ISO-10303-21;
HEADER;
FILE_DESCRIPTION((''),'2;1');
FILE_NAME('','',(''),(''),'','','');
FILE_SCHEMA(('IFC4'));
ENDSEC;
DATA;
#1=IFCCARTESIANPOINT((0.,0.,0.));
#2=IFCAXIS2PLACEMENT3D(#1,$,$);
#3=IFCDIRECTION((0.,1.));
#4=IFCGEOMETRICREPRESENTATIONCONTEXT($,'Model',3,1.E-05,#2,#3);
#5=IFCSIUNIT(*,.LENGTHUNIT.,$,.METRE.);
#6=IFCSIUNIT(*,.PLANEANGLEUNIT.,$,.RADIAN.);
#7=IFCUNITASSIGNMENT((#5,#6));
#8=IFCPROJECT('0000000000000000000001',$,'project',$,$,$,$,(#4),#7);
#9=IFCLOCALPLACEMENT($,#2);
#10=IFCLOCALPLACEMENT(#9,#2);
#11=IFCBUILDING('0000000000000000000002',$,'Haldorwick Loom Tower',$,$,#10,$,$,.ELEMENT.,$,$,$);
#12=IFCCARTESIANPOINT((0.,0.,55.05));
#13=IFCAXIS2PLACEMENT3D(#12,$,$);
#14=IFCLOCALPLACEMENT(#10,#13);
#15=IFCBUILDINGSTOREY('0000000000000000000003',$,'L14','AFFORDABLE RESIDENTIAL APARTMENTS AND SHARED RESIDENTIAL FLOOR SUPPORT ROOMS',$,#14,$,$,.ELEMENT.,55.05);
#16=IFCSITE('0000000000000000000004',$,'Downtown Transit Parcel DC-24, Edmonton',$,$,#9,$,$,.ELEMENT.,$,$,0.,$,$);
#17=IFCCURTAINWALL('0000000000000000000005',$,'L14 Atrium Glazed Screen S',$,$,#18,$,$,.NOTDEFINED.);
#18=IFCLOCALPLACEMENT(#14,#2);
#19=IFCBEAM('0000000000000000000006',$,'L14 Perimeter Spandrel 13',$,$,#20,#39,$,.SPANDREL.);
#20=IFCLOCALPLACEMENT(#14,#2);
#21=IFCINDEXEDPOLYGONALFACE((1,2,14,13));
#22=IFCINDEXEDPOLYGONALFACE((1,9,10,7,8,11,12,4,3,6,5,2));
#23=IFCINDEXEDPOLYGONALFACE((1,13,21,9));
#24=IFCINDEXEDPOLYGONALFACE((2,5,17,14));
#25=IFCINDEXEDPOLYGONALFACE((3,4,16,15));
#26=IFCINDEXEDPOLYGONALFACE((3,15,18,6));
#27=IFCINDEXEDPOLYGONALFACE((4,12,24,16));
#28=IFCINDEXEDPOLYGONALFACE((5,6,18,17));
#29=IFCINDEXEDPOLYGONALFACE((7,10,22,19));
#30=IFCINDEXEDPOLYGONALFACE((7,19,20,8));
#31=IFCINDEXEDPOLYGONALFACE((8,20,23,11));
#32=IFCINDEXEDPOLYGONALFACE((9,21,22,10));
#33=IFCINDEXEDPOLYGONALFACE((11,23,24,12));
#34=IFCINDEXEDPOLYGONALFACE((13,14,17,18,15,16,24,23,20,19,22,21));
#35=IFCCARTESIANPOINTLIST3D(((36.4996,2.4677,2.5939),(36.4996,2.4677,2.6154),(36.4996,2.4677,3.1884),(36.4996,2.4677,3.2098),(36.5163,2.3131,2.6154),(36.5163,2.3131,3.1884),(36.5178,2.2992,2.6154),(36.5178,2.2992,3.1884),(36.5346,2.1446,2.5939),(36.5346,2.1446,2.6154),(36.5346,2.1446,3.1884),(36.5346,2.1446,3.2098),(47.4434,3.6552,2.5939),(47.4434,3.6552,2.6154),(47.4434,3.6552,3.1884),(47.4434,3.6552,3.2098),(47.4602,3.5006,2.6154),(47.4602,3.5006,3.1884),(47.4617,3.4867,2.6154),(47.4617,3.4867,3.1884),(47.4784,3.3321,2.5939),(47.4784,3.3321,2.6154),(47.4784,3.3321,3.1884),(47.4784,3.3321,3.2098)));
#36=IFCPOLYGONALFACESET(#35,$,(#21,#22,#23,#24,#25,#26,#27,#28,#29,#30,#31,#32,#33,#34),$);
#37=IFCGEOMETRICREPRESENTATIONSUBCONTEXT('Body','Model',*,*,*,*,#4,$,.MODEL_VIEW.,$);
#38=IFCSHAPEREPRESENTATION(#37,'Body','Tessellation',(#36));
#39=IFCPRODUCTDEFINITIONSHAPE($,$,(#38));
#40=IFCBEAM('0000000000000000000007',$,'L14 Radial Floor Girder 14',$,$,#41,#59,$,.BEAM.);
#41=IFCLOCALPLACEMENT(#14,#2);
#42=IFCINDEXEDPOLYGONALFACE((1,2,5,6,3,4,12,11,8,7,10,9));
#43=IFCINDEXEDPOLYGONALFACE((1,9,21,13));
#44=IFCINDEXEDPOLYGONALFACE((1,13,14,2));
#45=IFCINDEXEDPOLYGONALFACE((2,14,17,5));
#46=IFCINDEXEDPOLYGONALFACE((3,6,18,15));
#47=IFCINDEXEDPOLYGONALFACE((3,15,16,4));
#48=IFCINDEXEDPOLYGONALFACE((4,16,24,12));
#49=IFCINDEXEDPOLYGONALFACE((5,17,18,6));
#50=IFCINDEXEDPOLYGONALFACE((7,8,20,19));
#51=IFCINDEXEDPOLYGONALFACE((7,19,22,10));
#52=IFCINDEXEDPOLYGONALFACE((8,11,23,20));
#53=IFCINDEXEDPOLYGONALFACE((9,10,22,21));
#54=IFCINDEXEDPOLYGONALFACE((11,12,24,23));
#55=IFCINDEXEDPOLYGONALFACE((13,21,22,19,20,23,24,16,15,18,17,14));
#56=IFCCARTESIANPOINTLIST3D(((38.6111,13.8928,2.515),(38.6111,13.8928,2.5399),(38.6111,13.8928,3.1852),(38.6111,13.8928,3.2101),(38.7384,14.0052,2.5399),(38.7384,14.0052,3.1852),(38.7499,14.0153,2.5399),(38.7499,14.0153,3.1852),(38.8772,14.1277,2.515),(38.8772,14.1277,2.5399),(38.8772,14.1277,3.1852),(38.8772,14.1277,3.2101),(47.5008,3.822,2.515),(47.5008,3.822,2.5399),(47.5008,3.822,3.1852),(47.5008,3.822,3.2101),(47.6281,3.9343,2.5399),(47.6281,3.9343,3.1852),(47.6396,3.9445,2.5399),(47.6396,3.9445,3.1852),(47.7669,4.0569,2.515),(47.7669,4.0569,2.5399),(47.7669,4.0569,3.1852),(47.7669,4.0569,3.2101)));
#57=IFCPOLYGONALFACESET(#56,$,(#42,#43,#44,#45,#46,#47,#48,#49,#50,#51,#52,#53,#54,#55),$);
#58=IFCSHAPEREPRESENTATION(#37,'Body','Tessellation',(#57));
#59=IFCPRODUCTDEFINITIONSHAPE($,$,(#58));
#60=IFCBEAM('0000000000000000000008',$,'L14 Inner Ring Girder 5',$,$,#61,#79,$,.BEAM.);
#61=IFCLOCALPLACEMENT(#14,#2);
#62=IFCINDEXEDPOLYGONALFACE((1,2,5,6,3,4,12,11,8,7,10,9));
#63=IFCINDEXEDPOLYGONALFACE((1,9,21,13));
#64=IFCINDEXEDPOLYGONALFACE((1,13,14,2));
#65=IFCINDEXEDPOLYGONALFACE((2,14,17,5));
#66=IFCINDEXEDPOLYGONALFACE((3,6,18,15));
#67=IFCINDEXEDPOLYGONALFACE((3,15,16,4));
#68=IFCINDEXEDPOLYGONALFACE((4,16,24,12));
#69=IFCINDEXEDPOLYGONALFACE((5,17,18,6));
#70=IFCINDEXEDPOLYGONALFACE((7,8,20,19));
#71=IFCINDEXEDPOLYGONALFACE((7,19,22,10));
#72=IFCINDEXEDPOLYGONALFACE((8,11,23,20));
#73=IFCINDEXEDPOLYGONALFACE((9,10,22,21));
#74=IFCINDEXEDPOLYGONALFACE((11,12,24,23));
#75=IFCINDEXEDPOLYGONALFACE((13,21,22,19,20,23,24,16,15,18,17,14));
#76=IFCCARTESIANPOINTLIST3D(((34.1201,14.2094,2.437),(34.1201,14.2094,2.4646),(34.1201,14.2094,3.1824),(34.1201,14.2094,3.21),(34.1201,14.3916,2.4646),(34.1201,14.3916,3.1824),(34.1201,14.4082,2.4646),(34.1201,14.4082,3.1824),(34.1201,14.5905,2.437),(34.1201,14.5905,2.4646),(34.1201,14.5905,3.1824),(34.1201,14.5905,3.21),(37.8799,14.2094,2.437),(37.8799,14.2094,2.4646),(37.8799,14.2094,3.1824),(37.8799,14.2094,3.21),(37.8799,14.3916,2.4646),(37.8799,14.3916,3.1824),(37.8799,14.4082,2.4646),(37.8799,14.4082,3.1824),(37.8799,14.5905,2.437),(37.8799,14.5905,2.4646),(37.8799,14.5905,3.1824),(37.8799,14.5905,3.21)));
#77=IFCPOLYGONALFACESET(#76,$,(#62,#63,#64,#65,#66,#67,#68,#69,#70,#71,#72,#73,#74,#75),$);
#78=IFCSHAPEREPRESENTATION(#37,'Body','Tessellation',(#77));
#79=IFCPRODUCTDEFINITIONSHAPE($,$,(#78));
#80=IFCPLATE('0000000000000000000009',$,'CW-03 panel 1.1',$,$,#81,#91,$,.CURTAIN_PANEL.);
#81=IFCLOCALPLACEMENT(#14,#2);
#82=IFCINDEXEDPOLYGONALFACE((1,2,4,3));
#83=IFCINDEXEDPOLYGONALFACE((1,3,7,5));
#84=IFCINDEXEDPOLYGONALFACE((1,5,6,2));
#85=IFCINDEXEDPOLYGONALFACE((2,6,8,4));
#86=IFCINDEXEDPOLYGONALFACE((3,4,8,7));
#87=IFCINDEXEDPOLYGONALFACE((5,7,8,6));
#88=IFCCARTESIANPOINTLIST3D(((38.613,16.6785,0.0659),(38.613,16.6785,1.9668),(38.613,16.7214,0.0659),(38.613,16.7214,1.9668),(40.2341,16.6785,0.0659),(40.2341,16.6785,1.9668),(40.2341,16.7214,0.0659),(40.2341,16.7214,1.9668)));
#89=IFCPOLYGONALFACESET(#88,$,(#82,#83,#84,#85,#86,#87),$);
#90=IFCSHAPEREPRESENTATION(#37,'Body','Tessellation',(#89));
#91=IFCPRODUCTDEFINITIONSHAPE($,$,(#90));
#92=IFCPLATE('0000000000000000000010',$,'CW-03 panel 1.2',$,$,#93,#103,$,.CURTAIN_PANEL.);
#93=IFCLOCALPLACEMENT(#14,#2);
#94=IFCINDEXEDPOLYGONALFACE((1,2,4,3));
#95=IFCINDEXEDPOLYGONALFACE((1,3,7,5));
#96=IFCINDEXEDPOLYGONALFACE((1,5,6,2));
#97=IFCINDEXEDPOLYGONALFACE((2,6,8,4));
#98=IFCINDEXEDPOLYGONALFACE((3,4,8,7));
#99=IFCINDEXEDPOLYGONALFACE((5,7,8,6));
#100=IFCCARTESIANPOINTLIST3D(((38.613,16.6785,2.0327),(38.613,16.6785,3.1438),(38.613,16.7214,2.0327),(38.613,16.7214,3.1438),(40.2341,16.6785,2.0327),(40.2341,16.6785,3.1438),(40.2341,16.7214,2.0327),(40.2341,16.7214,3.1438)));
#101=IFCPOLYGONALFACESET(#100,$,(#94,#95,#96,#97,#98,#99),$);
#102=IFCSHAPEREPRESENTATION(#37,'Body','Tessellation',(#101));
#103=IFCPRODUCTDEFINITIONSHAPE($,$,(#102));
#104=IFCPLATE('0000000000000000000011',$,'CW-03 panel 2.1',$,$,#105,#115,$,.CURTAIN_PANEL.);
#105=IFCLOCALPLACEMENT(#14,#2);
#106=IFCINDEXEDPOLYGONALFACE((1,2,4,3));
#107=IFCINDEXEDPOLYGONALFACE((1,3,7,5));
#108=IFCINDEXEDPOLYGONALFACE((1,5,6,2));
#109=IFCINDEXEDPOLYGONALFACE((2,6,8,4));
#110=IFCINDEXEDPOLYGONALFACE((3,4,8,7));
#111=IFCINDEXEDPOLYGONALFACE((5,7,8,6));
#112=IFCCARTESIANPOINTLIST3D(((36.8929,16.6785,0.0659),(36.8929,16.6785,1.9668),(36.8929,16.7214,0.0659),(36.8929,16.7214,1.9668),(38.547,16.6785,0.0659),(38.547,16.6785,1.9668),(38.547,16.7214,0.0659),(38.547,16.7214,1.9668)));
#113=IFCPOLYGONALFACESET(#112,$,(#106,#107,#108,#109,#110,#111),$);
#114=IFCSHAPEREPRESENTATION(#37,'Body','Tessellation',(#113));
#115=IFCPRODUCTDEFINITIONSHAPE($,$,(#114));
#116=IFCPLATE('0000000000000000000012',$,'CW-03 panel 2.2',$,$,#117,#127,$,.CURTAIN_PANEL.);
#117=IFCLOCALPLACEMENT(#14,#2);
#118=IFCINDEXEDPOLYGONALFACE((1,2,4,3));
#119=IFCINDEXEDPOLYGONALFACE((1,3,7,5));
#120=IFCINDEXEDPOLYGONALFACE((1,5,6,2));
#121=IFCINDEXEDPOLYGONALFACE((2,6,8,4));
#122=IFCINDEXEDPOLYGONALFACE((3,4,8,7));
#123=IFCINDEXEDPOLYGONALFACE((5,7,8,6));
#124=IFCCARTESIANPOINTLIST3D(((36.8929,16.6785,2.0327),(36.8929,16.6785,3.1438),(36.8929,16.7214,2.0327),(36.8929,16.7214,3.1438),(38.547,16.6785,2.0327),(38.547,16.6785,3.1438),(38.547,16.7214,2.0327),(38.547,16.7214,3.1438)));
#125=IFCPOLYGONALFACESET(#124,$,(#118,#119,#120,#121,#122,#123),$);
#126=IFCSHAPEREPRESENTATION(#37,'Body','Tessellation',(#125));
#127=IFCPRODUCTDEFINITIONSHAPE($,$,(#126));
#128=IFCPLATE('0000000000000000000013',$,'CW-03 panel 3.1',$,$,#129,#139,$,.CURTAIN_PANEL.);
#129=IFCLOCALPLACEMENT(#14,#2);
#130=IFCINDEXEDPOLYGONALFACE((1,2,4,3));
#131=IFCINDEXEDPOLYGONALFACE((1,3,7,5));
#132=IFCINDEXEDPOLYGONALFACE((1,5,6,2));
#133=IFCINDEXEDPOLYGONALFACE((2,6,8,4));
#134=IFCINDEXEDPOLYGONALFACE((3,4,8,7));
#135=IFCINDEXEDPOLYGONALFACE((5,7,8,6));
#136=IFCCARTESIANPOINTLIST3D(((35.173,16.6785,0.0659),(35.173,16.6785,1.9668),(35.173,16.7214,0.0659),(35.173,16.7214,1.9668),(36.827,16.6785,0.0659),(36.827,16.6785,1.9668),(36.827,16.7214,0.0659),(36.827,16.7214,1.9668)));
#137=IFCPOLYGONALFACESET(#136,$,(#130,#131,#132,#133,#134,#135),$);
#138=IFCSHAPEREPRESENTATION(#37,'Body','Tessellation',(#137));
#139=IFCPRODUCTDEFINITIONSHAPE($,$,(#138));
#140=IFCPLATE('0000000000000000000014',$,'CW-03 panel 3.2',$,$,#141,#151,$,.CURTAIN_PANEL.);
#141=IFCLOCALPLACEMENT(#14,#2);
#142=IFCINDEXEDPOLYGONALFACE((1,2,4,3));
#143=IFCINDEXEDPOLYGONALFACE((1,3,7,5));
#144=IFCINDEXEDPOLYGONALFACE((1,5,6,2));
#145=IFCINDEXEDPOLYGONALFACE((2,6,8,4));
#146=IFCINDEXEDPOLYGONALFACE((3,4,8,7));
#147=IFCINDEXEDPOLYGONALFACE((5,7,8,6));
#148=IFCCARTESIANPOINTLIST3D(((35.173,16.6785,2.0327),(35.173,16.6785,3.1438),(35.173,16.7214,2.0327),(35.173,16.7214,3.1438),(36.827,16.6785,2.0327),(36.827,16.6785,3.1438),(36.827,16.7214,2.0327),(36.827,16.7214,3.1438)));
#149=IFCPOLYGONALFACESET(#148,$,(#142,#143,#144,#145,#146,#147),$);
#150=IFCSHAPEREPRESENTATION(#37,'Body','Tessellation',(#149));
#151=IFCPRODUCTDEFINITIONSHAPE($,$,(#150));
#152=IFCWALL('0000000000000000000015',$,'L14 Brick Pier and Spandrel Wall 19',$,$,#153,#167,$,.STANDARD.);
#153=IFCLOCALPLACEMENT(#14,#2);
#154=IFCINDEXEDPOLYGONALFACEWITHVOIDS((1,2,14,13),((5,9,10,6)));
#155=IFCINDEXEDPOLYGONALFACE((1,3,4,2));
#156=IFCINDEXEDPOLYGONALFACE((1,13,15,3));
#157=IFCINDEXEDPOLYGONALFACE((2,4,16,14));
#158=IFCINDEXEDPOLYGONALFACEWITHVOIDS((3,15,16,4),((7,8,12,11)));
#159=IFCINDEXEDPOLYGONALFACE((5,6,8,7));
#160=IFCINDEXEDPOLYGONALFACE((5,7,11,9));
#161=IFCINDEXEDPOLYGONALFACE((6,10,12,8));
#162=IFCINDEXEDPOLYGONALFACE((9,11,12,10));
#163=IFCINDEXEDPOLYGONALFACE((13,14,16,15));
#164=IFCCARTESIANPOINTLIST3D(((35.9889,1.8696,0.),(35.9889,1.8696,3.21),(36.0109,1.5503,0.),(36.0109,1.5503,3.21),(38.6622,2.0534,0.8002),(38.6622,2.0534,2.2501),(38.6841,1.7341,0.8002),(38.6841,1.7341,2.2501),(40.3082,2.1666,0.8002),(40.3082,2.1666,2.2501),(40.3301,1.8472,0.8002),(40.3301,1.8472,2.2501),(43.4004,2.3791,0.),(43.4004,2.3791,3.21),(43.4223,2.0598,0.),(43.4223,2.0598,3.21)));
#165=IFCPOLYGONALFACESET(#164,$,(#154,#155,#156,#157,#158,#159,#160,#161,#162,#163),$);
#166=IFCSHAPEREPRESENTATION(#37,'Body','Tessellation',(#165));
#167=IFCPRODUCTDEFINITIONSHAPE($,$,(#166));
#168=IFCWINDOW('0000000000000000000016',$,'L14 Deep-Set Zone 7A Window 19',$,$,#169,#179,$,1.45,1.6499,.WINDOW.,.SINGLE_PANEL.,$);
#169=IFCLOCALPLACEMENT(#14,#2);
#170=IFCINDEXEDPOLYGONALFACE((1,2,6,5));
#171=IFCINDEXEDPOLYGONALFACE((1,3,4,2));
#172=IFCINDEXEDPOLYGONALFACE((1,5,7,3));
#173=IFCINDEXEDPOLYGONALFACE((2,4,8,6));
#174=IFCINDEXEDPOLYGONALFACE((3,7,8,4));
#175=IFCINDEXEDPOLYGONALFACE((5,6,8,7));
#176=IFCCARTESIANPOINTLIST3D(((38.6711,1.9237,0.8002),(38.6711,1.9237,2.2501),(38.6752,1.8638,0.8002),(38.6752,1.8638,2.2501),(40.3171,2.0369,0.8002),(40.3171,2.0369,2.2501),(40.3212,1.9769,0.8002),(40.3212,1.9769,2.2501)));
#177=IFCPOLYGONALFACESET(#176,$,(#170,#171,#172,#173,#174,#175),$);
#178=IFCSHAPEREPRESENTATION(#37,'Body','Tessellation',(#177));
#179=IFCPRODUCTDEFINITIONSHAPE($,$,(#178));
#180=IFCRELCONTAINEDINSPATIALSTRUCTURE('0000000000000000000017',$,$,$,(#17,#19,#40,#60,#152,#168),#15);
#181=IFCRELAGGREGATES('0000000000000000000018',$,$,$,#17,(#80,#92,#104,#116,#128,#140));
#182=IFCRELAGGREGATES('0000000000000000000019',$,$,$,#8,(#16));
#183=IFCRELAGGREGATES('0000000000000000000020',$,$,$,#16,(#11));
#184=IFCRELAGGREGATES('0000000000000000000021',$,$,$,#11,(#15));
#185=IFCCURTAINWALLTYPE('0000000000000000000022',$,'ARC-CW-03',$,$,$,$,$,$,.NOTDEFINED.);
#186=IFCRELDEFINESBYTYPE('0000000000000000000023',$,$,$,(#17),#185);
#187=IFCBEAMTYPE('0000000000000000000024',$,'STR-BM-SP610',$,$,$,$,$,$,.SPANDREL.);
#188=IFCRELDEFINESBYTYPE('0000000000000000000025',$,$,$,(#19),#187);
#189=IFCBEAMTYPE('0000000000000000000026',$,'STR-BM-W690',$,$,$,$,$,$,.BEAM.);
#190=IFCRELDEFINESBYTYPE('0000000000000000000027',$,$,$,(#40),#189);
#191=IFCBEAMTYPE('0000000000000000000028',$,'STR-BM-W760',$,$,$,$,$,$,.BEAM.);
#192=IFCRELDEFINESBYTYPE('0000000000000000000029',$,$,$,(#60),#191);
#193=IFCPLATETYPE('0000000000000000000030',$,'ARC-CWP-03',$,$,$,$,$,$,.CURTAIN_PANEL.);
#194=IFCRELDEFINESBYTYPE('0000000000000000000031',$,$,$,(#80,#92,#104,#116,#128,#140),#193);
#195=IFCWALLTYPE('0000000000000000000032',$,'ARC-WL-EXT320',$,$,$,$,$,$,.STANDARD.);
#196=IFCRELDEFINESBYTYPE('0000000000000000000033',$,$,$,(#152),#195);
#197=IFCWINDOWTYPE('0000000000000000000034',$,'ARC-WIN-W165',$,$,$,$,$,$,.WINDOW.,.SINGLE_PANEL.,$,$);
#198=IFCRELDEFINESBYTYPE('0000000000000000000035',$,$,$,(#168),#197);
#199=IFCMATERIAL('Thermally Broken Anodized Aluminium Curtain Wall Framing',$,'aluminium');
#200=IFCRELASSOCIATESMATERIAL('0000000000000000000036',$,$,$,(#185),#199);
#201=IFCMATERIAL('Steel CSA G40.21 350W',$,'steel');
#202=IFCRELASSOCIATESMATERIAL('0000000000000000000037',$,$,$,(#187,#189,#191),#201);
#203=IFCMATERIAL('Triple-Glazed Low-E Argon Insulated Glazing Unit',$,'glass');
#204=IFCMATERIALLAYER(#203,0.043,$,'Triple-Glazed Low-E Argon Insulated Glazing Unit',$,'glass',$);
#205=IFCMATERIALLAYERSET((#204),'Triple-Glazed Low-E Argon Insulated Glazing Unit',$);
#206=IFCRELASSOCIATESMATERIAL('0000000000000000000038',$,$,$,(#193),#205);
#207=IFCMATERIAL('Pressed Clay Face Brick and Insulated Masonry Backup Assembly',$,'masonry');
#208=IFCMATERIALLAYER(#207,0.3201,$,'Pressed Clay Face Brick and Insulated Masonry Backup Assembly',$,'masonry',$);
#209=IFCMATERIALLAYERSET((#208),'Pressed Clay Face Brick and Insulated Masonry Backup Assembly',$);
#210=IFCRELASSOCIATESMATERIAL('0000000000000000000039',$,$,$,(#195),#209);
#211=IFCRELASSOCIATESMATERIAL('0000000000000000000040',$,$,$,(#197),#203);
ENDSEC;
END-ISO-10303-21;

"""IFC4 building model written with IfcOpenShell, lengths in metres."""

from ifc_helpers import new_model, si_unit, direction, frame, frame_2d, origin, origin_2d, place, context, subcontext, project, spatial, rectangle, i_section, extrude, material, layer, layer_set, material_profile, profile_set, type_object, element, fill, aggregate, save


model = new_model("IFC4")

# Units and contexts
model_context = context("Model", 3, precision=1e-05, world=origin(), true_north=direction((0.0, 1.0)))
body_context = subcontext(model_context, "Body", "Model", "MODEL_VIEW")
ifc_project = project(units=[si_unit("LENGTHUNIT", "METRE"), si_unit("PLANEANGLEUNIT", "RADIAN")], contexts=[model_context])

# Site, building, storey
site_placement = place(None, origin())
site = spatial("IfcSite", under=ifc_project, at=site_placement, Name="Downtown Transit Parcel DC-24, Edmonton", CompositionType="ELEMENT", RefElevation=0.0)
building_placement = place(site_placement, origin())
building = spatial("IfcBuilding", under=site, at=building_placement, Name="Haldorwick Loom Tower", CompositionType="ELEMENT")
storey_placement = place(building_placement, frame((0.0, 0.0, 55.05)))
storey = spatial("IfcBuildingStorey", under=building, at=storey_placement, Name="L14", Description="AFFORDABLE RESIDENTIAL APARTMENTS AND SHARED RESIDENTIAL FLOOR SUPPORT ROOMS", CompositionType="ELEMENT", Elevation=55.05)

# Curtain wall
ifc_material_1 = material(Name="Thermally Broken Anodized Aluminium Curtain Wall Framing", Category="aluminium")
curtain_wall_type = type_object("IfcCurtainWallType", Name="ARC-CW-03", PredefinedType="NOTDEFINED", material=ifc_material_1)
curtain_wall_placement = place(storey_placement, origin())
curtain_wall = element("IfcCurtainWall", 1, at=curtain_wall_placement, inside=storey, type_object=curtain_wall_type, Name="L14 Atrium Glazed Screen S", PredefinedType="NOTDEFINED")

# Beams
ifc_material_2 = material(Name="Steel CSA G40.21 350W", Category="steel")
ifc_material_profile_1 = material_profile(ifc_material_2, i_section(OverallWidth=0.325, OverallDepth=0.616, WebThickness=0.0139, FlangeThickness=0.0215, at=origin_2d()), Name="W610X174", Category="steel")
ifc_profile_set_1 = profile_set([ifc_material_profile_1], Name="Steel CSA G40.21 350W")
beam_type_1 = type_object("IfcBeamType", Name="STR-BM-SP610", PredefinedType="SPANDREL", material=ifc_profile_set_1)
beam_1_placement = place(storey_placement, frame((36.5171, 2.3062, 2.9019), z_axis=(0.994164, 0.107875, 0.0), x_axis=(-0.107875, 0.994164, 0.0)))
element("IfcBeam", 2, at=beam_1_placement, inside=storey, type_object=beam_type_1, Name="L14 Perimeter Spandrel 13", PredefinedType="SPANDREL", context=body_context, shape_type="SweptSolid", body=[
    extrude(i_section(OverallWidth=0.325, OverallDepth=0.616, WebThickness=0.0139, FlangeThickness=0.0215, at=origin_2d()), origin(), (0.0, 0.0, 1.0), 11.0081),
])
ifc_material_profile_2 = material_profile(ifc_material_2, i_section(OverallWidth=0.355, OverallDepth=0.6951, WebThickness=0.0154, FlangeThickness=0.0249, at=origin_2d()), Name="W690X217", Category="steel")
ifc_profile_set_2 = profile_set([ifc_material_profile_2], Name="Steel CSA G40.21 350W")
beam_type_2 = type_object("IfcBeamType", Name="STR-BM-W690", PredefinedType="BEAM", material=ifc_profile_set_2)
beam_2_placement = place(storey_placement, frame((38.7441, 14.0103, 2.8625), z_axis=(0.661774, -0.749703, 0.0), x_axis=(0.749703, 0.661774, 0.0)))
element("IfcBeam", 3, at=beam_2_placement, inside=storey, type_object=beam_type_2, Name="L14 Radial Floor Girder 14", PredefinedType="BEAM", context=body_context, shape_type="SweptSolid", body=[
    extrude(i_section(OverallWidth=0.355, OverallDepth=0.6951, WebThickness=0.0154, FlangeThickness=0.0249, at=origin_2d()), origin(), (0.0, 0.0, 1.0), 13.4331),
])
ifc_material_profile_3 = material_profile(ifc_material_2, i_section(OverallWidth=0.3811, OverallDepth=0.7729, WebThickness=0.0166, FlangeThickness=0.0276, at=origin_2d()), Name="W760X257", Category="steel")
ifc_profile_set_3 = profile_set([ifc_material_profile_3], Name="Steel CSA G40.21 350W")
beam_type_3 = type_object("IfcBeamType", Name="STR-BM-W760", PredefinedType="BEAM", material=ifc_profile_set_3)
beam_3_placement = place(storey_placement, frame((37.8799, 14.3999, 2.8235), z_axis=(-1.0, 0.0, 0.0), x_axis=(0.0, -1.0, 0.0)))
element("IfcBeam", 4, at=beam_3_placement, inside=storey, type_object=beam_type_3, Name="L14 Inner Ring Girder 5", PredefinedType="BEAM", context=body_context, shape_type="SweptSolid", body=[
    extrude(i_section(OverallWidth=0.3811, OverallDepth=0.7729, WebThickness=0.0166, FlangeThickness=0.0276, at=origin_2d()), origin(), (0.0, 0.0, 1.0), 3.7598),
])

# Plates
ifc_material_3 = material(Name="Triple-Glazed Low-E Argon Insulated Glazing Unit", Category="glass")
ifc_layer_1 = layer(ifc_material_3, 0.043, Name="Triple-Glazed Low-E Argon Insulated Glazing Unit", Category="glass")
ifc_layer_set_1 = layer_set([ifc_layer_1], Name="Triple-Glazed Low-E Argon Insulated Glazing Unit")
plate_type = type_object("IfcPlateType", Name="ARC-CWP-03", PredefinedType="CURTAIN_PANEL", material=ifc_layer_set_1)
plate_1_placement = place(storey_placement, frame((39.4236, 16.7, 0.0659), z_axis=(0.0, 0.0, 1.0), x_axis=(-1.0, 0.0, 0.0)))
plate_1 = element("IfcPlate", 5, at=plate_1_placement, type_object=plate_type, Name="CW-03 panel 1.1", PredefinedType="CURTAIN_PANEL", context=body_context, shape_type="SweptSolid", body=[
    extrude(rectangle(XDim=1.6211, YDim=0.043, at=origin_2d()), origin(), (0.0, 0.0, 1.0), 1.9009),
])
plate_2_placement = place(storey_placement, frame((39.4236, 16.7, 2.0327), z_axis=(0.0, 0.0, 1.0), x_axis=(-1.0, 0.0, 0.0)))
plate_2 = element("IfcPlate", 6, at=plate_2_placement, type_object=plate_type, Name="CW-03 panel 1.2", PredefinedType="CURTAIN_PANEL", context=body_context, shape_type="SweptSolid", body=[
    extrude(rectangle(XDim=1.6211, YDim=0.043, at=origin_2d()), origin(), (0.0, 0.0, 1.0), 1.1111),
])
plate_3_placement = place(storey_placement, frame((37.72, 16.7, 0.0659), z_axis=(0.0, 0.0, 1.0), x_axis=(-1.0, 0.0, 0.0)))
plate_3 = element("IfcPlate", 7, at=plate_3_placement, type_object=plate_type, Name="CW-03 panel 2.1", PredefinedType="CURTAIN_PANEL", context=body_context, shape_type="SweptSolid", body=[
    extrude(rectangle(XDim=1.6541, YDim=0.043, at=origin_2d()), origin(), (0.0, 0.0, 1.0), 1.9009),
])
plate_4_placement = place(storey_placement, frame((37.72, 16.7, 2.0327), z_axis=(0.0, 0.0, 1.0), x_axis=(-1.0, 0.0, 0.0)))
plate_4 = element("IfcPlate", 8, at=plate_4_placement, type_object=plate_type, Name="CW-03 panel 2.2", PredefinedType="CURTAIN_PANEL", context=body_context, shape_type="SweptSolid", body=[
    extrude(rectangle(XDim=1.6541, YDim=0.043, at=origin_2d()), origin(), (0.0, 0.0, 1.0), 1.1111),
])
plate_5_placement = place(storey_placement, frame((36.0, 16.7, 0.0659), z_axis=(0.0, 0.0, 1.0), x_axis=(-1.0, 0.0, 0.0)))
plate_5 = element("IfcPlate", 9, at=plate_5_placement, type_object=plate_type, Name="CW-03 panel 3.1", PredefinedType="CURTAIN_PANEL", context=body_context, shape_type="SweptSolid", body=[
    extrude(rectangle(XDim=1.6541, YDim=0.043, at=origin_2d()), origin(), (0.0, 0.0, 1.0), 1.9009),
])
plate_6_placement = place(storey_placement, frame((36.0, 16.7, 2.0327), z_axis=(0.0, 0.0, 1.0), x_axis=(-1.0, 0.0, 0.0)))
plate_6 = element("IfcPlate", 10, at=plate_6_placement, type_object=plate_type, Name="CW-03 panel 3.2", PredefinedType="CURTAIN_PANEL", context=body_context, shape_type="SweptSolid", body=[
    extrude(rectangle(XDim=1.6541, YDim=0.043, at=origin_2d()), origin(), (0.0, 0.0, 1.0), 1.1111),
])
aggregate(curtain_wall, [plate_1, plate_2, plate_3, plate_4, plate_5, plate_6])

# Wall, opening, window
ifc_material_4 = material(Name="Pressed Clay Face Brick and Insulated Masonry Backup Assembly", Category="masonry")
ifc_layer_2 = layer(ifc_material_4, 0.3201, Name="Pressed Clay Face Brick and Insulated Masonry Backup Assembly", Category="masonry")
ifc_layer_set_2 = layer_set([ifc_layer_2], Name="Pressed Clay Face Brick and Insulated Masonry Backup Assembly")
wall_type_1 = type_object("IfcWallType", Name="ARC-WL-EXT320", PredefinedType="STANDARD", material=ifc_layer_set_2)
wall_1_placement = place(storey_placement, frame((36.0, 1.71, 0.0), z_axis=(0.0, 0.0, 1.0), x_axis=(0.997645, 0.068587, 0.0)))
wall_1 = element("IfcWall", 11, at=wall_1_placement, inside=storey, type_object=wall_type_1, Name="L14 Brick Pier and Spandrel Wall 19", PredefinedType="STANDARD", context=body_context, shape_type="SweptSolid", body=[
    extrude(rectangle(XDim=7.429, YDim=0.3201, at=frame_2d((3.7144, 0.0))), origin(), (0.0, 0.0, 1.0), 3.21),
])
opening_placement = place(wall_1_placement, frame((2.6794, 0.0, 0.8)))
opening = element("IfcOpeningElement", 12, at=opening_placement, cuts=wall_1, PredefinedType="OPENING", context=body_context, shape_type="SweptSolid", body=[
    extrude(rectangle(XDim=1.6499, YDim=1.45, at=frame_2d((0.825, 0.7251))), frame((0.0, 0.1699, 0.0), z_axis=(0.0, -1.0, 0.0), x_axis=(1.0, 0.0, 0.0)), (0.0, 0.0, 1.0), 0.3401),
])
window_type = type_object("IfcWindowType", Name="ARC-WIN-W165", PartitioningType="SINGLE_PANEL", PredefinedType="WINDOW", material=ifc_material_3)
window_placement = place(opening_placement, origin())
window = element("IfcWindow", 13, at=window_placement, inside=storey, type_object=window_type, Name="L14 Deep-Set Zone 7A Window 19", OverallHeight=1.45, OverallWidth=1.6499, PartitioningType="SINGLE_PANEL", PredefinedType="WINDOW", context=body_context, shape_type="SweptSolid", body=[
    extrude(rectangle(XDim=1.6499, YDim=1.45, at=frame_2d((0.825, 0.7251))), frame((0.0, 0.03, 0.0), z_axis=(0.0, -1.0, 0.0), x_axis=(1.0, 0.0, 0.0)), (0.0, 0.0, 1.0), 0.0601),
])
fill(opening, window)

save(model, "model.ifc")
